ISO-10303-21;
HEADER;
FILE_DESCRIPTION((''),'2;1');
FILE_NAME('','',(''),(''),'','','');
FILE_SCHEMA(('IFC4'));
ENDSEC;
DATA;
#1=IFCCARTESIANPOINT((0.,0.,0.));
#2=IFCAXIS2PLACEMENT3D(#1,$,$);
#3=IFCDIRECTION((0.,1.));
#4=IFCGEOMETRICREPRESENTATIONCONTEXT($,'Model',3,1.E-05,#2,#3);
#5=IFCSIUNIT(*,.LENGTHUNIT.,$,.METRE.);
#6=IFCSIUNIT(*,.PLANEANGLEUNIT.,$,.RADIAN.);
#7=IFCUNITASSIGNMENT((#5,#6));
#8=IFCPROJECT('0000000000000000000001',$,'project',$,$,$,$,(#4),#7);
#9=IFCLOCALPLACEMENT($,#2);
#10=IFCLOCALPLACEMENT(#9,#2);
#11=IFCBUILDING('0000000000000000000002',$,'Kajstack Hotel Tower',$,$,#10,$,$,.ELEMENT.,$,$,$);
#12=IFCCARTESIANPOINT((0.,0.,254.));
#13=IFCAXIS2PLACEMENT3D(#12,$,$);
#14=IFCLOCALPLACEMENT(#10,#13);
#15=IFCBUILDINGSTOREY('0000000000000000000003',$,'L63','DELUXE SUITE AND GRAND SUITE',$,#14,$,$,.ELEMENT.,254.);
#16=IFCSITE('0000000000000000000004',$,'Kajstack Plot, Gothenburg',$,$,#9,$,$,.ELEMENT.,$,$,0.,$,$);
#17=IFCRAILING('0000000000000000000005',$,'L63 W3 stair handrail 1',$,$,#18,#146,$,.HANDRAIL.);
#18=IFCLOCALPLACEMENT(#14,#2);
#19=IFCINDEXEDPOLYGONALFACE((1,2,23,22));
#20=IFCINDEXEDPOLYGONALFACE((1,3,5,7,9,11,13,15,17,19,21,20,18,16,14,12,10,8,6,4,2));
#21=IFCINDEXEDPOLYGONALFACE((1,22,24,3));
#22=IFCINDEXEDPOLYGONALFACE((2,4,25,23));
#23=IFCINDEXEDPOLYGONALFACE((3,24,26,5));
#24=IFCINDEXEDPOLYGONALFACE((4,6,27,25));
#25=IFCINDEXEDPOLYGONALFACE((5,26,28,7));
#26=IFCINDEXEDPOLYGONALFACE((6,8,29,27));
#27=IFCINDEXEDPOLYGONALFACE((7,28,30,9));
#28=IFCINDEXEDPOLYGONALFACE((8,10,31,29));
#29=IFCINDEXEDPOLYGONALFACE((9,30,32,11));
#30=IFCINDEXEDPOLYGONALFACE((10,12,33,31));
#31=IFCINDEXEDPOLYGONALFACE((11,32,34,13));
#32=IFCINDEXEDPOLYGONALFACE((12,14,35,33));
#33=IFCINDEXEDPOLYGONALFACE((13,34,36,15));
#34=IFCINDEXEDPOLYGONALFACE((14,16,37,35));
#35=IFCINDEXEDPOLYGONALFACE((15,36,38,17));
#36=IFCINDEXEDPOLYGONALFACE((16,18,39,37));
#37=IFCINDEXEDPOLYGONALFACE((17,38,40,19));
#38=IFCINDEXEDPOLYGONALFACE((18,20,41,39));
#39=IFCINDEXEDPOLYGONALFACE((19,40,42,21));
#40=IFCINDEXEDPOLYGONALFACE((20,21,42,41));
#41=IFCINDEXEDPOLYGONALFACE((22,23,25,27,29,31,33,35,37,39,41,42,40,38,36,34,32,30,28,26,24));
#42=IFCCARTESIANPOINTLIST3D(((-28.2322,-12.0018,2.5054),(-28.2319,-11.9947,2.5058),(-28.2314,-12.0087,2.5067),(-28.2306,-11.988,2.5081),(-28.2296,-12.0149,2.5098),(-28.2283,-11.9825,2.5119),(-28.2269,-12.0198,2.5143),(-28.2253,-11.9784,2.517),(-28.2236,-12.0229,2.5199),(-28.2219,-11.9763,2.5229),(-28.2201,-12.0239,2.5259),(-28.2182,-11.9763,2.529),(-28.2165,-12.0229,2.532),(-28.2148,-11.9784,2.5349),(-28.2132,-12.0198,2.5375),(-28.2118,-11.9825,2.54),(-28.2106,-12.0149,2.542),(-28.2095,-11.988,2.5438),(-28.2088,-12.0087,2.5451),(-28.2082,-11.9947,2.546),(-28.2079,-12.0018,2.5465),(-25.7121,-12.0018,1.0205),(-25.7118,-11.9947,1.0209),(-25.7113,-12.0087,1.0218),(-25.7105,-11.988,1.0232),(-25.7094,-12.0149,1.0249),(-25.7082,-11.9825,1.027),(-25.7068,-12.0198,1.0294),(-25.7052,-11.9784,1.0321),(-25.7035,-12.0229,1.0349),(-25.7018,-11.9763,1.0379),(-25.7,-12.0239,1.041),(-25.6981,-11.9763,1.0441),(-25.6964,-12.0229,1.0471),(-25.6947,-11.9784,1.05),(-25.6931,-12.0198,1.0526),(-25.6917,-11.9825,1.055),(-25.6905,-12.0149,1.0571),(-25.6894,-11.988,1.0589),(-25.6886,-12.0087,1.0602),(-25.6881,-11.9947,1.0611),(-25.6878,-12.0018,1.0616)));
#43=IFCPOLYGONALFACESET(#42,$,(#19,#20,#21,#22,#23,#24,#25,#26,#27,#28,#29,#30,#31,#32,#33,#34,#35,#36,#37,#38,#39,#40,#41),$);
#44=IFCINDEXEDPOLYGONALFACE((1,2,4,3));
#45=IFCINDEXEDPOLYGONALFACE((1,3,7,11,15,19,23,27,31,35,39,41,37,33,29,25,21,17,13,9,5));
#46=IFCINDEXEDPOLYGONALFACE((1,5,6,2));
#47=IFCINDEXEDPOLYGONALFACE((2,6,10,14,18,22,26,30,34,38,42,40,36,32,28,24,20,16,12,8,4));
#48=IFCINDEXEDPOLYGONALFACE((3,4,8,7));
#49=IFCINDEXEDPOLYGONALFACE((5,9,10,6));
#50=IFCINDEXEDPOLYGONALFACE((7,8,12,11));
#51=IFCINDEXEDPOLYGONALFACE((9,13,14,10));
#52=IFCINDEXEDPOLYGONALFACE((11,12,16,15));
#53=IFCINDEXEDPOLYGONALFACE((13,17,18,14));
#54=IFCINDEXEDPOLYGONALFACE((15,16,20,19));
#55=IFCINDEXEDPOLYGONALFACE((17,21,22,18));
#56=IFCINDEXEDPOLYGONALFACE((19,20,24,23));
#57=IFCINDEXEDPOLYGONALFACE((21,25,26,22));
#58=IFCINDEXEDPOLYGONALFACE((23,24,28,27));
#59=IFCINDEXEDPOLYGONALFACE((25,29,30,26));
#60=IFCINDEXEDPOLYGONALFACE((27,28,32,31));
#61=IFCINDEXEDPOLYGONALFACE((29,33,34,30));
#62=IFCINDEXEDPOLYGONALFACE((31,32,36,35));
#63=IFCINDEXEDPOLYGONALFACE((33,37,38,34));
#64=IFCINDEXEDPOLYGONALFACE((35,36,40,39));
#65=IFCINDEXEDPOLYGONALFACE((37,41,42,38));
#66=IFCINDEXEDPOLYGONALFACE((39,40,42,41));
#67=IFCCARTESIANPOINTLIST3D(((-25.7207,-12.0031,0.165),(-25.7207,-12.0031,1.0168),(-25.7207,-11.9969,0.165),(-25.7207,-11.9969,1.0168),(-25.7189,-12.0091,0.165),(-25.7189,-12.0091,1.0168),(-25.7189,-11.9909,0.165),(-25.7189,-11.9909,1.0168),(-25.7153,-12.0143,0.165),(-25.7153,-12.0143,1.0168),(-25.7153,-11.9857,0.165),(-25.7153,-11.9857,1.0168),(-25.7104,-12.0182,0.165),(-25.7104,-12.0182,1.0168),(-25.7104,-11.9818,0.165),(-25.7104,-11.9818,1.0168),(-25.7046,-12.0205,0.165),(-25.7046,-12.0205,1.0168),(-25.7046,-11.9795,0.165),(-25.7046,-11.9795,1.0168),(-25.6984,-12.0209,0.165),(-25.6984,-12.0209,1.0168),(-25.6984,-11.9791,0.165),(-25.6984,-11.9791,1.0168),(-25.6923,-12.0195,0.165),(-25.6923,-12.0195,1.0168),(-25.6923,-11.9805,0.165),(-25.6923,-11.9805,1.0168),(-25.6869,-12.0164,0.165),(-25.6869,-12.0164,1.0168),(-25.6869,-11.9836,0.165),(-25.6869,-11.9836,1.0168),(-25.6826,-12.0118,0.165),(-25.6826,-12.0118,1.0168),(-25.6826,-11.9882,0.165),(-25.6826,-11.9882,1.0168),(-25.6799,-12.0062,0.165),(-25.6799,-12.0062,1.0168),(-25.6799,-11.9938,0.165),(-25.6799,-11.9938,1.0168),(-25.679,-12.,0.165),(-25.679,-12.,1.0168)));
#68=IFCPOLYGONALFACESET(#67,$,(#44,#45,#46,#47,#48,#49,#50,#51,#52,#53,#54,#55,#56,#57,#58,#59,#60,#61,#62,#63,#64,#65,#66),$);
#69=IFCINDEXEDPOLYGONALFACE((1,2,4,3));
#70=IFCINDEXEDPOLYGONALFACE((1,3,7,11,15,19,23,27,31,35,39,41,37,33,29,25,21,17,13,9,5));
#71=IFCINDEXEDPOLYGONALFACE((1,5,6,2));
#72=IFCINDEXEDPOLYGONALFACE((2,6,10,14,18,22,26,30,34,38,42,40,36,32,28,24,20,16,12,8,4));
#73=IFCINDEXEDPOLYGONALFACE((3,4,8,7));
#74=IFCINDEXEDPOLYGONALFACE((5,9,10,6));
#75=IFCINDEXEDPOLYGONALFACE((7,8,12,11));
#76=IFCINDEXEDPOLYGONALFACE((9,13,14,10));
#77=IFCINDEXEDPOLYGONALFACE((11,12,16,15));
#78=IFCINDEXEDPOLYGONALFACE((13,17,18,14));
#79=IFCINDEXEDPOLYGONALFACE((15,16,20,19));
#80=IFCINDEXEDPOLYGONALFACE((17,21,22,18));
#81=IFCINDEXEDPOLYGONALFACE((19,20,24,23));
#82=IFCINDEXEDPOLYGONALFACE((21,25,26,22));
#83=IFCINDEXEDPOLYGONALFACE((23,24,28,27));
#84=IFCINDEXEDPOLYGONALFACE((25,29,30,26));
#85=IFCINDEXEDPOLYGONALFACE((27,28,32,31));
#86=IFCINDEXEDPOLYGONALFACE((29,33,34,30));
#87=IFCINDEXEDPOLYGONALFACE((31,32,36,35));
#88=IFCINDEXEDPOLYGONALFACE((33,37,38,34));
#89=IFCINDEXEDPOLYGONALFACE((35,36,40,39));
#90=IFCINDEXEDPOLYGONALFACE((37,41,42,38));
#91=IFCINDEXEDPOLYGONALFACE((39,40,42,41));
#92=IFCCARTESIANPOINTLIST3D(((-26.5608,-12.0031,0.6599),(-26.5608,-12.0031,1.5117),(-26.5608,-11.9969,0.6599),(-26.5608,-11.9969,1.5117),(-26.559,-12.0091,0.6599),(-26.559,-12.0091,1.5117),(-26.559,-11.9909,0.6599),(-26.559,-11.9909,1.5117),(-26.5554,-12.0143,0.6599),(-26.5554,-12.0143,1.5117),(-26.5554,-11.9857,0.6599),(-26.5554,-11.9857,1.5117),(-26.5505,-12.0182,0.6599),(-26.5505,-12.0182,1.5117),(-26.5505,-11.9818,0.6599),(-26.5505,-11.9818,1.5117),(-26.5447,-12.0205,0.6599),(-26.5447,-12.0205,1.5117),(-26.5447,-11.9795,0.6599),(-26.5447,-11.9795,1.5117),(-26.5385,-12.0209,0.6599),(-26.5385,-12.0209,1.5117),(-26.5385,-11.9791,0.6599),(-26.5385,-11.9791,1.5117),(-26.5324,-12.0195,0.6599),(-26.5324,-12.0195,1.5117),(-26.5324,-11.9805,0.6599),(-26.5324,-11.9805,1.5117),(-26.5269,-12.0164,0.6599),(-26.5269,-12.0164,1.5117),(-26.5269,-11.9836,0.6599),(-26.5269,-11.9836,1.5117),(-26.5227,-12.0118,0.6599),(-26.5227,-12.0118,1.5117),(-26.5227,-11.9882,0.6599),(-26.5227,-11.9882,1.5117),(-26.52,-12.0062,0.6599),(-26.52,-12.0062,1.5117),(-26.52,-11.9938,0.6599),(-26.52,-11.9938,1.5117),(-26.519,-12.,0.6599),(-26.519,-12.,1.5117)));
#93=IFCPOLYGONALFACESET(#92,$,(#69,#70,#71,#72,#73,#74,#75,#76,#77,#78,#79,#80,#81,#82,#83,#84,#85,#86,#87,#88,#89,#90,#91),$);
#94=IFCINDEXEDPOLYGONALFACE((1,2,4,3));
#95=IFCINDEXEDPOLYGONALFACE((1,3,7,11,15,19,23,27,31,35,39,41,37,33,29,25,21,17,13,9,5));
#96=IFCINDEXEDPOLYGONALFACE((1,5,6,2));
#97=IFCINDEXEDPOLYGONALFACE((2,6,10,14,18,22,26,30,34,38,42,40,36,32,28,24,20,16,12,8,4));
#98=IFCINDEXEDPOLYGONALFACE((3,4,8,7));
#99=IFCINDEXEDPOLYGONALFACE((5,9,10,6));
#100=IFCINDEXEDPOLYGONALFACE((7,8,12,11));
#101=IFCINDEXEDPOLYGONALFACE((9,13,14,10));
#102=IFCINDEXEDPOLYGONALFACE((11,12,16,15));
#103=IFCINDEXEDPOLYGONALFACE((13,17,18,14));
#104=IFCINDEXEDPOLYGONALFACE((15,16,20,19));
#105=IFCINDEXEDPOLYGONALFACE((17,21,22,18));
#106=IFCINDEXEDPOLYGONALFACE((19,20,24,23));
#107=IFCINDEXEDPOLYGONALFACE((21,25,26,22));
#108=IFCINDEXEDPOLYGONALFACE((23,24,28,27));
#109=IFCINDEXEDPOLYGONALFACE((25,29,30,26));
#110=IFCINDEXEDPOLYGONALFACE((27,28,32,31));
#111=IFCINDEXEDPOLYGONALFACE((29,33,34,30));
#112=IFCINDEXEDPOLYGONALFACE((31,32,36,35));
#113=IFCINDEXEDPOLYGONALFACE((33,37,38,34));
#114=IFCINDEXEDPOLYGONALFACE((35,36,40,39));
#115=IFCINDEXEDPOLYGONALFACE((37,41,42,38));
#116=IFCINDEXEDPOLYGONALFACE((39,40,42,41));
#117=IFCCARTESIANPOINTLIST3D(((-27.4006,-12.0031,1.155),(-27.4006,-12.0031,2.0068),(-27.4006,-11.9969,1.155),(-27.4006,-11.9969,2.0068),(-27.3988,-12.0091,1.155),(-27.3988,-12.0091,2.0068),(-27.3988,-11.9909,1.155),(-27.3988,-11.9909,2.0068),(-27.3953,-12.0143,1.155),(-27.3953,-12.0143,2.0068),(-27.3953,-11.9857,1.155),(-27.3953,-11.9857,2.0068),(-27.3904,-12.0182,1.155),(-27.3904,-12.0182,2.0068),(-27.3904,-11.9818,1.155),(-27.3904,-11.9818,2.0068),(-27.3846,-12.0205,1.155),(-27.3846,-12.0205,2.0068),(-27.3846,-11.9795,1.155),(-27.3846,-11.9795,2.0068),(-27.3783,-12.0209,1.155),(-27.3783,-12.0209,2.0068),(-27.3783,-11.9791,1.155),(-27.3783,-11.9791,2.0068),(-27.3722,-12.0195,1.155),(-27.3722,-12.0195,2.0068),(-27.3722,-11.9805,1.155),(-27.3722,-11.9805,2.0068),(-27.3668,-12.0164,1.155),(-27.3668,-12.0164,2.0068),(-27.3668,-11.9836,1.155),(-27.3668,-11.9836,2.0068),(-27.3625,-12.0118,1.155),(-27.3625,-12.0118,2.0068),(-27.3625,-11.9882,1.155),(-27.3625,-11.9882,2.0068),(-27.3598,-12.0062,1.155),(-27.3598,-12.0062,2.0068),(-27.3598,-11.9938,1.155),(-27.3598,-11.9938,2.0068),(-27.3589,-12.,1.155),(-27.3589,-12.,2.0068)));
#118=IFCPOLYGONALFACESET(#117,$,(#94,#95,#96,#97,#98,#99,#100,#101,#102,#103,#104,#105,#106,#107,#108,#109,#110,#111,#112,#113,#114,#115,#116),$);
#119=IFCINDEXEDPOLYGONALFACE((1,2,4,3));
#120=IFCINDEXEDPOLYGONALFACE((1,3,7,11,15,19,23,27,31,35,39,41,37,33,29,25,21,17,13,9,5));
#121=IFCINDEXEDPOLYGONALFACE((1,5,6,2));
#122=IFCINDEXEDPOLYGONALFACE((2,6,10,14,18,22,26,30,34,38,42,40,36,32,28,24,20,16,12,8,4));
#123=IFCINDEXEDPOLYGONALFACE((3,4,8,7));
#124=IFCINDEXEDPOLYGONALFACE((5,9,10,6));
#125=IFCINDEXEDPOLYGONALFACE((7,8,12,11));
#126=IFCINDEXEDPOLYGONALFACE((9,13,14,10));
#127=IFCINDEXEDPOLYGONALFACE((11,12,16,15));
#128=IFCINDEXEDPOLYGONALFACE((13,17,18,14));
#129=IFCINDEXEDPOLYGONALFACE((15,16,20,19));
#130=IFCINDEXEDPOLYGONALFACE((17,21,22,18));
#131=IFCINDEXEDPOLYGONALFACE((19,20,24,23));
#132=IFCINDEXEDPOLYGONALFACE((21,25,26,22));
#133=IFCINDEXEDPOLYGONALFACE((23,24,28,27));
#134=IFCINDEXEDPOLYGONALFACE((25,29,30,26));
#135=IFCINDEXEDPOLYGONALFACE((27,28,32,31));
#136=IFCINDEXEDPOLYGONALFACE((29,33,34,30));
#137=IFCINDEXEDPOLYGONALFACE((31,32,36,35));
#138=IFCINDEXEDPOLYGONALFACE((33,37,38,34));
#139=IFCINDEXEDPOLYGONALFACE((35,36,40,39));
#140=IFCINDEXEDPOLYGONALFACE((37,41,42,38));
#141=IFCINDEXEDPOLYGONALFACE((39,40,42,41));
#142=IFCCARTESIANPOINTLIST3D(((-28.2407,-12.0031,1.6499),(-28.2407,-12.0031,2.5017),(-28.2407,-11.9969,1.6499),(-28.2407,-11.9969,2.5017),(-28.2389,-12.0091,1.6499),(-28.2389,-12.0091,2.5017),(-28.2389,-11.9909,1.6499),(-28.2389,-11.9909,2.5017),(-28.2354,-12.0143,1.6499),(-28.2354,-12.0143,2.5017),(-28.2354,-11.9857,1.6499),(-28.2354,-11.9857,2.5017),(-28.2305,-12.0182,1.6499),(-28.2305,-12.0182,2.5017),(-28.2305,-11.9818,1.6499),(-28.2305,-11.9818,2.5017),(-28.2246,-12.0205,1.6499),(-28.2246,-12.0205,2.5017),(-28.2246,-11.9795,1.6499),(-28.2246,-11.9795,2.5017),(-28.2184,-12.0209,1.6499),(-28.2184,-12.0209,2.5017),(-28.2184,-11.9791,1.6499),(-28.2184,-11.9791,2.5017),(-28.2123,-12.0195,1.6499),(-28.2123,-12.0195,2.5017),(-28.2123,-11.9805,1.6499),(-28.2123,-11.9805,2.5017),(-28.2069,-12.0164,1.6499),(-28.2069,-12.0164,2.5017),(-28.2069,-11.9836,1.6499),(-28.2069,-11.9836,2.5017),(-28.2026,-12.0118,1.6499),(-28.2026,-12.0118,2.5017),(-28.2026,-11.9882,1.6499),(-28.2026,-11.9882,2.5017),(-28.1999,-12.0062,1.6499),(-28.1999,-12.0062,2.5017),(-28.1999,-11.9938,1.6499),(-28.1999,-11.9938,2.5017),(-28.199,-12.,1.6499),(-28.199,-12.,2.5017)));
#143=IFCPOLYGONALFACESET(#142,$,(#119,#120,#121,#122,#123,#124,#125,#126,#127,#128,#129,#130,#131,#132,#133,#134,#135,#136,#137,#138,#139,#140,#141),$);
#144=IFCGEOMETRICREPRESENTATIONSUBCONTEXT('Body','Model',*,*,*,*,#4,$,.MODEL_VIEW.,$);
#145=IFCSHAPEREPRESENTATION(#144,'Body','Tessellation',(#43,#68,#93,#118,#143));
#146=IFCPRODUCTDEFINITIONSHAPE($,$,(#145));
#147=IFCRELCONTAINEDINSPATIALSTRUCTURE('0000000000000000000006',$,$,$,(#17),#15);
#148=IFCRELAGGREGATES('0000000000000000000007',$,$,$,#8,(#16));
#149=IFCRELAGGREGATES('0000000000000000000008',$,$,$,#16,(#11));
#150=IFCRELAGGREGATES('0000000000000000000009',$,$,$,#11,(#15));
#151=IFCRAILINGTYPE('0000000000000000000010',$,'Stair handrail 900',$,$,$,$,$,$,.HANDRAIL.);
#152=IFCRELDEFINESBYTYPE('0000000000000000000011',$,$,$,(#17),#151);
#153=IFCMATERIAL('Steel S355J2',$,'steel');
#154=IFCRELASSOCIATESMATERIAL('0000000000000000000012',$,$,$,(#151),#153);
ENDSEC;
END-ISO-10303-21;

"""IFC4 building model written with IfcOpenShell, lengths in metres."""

from ifc_helpers import new_model, si_unit, direction, frame, origin, origin_2d, place, context, subcontext, project, spatial, circle, extrude, material, type_object, element, save


model = new_model("IFC4")

# Units and contexts
model_context = context("Model", 3, precision=1e-05, world=origin(), true_north=direction((0.0, 1.0)))
body_context = subcontext(model_context, "Body", "Model", "MODEL_VIEW")
ifc_project = project(units=[si_unit("LENGTHUNIT", "METRE"), si_unit("PLANEANGLEUNIT", "RADIAN")], contexts=[model_context])

# Site, building, storey
site_placement = place(None, origin())
site = spatial("IfcSite", under=ifc_project, at=site_placement, Name="Kajstack Plot, Gothenburg", CompositionType="ELEMENT", RefElevation=0.0)
building_placement = place(site_placement, origin())
building = spatial("IfcBuilding", under=site, at=building_placement, Name="Kajstack Hotel Tower", CompositionType="ELEMENT")
storey_placement = place(building_placement, frame((0.0, 0.0, 254.0)))
storey = spatial("IfcBuildingStorey", under=building, at=storey_placement, Name="L63", Description="DELUXE SUITE AND GRAND SUITE", CompositionType="ELEMENT", Elevation=254.0)

# Railing
ifc_material_1 = material(Name="Steel S355J2", Category="steel")
railing_type_1 = type_object("IfcRailingType", Name="Stair handrail 900", PredefinedType="HANDRAIL", material=ifc_material_1)
railing_1_placement = place(storey_placement, frame((-25.7, -12.0, 0.165)))
element("IfcRailing", 1, at=railing_1_placement, inside=storey, type_object=railing_type_1, Name="L63 W3 stair handrail 1", PredefinedType="HANDRAIL", context=body_context, shape_type="SweptSolid", body=[
    extrude(circle(Radius=0.0239, at=origin_2d()), frame((0.0, 0.0, 0.876), z_axis=(-0.861561, 0.0, 0.507655), x_axis=(0.0, -1.0, 0.0)), (0.0, 0.0, 1.0), 2.925),
    extrude(circle(Radius=0.021, at=origin_2d()), origin(), (0.0, 0.0, 1.0), 0.8518),
    extrude(circle(Radius=0.021, at=origin_2d()), frame((-0.8401, 0.0, 0.4949)), (0.0, 0.0, 1.0), 0.8518),
    extrude(circle(Radius=0.021, at=origin_2d()), frame((-1.6799, 0.0, 0.99)), (0.0, 0.0, 1.0), 0.8518),
    extrude(circle(Radius=0.021, at=origin_2d()), frame((-2.52, 0.0, 1.4849)), (0.0, 0.0, 1.0), 0.8518),
])

save(model, "model.ifc")
